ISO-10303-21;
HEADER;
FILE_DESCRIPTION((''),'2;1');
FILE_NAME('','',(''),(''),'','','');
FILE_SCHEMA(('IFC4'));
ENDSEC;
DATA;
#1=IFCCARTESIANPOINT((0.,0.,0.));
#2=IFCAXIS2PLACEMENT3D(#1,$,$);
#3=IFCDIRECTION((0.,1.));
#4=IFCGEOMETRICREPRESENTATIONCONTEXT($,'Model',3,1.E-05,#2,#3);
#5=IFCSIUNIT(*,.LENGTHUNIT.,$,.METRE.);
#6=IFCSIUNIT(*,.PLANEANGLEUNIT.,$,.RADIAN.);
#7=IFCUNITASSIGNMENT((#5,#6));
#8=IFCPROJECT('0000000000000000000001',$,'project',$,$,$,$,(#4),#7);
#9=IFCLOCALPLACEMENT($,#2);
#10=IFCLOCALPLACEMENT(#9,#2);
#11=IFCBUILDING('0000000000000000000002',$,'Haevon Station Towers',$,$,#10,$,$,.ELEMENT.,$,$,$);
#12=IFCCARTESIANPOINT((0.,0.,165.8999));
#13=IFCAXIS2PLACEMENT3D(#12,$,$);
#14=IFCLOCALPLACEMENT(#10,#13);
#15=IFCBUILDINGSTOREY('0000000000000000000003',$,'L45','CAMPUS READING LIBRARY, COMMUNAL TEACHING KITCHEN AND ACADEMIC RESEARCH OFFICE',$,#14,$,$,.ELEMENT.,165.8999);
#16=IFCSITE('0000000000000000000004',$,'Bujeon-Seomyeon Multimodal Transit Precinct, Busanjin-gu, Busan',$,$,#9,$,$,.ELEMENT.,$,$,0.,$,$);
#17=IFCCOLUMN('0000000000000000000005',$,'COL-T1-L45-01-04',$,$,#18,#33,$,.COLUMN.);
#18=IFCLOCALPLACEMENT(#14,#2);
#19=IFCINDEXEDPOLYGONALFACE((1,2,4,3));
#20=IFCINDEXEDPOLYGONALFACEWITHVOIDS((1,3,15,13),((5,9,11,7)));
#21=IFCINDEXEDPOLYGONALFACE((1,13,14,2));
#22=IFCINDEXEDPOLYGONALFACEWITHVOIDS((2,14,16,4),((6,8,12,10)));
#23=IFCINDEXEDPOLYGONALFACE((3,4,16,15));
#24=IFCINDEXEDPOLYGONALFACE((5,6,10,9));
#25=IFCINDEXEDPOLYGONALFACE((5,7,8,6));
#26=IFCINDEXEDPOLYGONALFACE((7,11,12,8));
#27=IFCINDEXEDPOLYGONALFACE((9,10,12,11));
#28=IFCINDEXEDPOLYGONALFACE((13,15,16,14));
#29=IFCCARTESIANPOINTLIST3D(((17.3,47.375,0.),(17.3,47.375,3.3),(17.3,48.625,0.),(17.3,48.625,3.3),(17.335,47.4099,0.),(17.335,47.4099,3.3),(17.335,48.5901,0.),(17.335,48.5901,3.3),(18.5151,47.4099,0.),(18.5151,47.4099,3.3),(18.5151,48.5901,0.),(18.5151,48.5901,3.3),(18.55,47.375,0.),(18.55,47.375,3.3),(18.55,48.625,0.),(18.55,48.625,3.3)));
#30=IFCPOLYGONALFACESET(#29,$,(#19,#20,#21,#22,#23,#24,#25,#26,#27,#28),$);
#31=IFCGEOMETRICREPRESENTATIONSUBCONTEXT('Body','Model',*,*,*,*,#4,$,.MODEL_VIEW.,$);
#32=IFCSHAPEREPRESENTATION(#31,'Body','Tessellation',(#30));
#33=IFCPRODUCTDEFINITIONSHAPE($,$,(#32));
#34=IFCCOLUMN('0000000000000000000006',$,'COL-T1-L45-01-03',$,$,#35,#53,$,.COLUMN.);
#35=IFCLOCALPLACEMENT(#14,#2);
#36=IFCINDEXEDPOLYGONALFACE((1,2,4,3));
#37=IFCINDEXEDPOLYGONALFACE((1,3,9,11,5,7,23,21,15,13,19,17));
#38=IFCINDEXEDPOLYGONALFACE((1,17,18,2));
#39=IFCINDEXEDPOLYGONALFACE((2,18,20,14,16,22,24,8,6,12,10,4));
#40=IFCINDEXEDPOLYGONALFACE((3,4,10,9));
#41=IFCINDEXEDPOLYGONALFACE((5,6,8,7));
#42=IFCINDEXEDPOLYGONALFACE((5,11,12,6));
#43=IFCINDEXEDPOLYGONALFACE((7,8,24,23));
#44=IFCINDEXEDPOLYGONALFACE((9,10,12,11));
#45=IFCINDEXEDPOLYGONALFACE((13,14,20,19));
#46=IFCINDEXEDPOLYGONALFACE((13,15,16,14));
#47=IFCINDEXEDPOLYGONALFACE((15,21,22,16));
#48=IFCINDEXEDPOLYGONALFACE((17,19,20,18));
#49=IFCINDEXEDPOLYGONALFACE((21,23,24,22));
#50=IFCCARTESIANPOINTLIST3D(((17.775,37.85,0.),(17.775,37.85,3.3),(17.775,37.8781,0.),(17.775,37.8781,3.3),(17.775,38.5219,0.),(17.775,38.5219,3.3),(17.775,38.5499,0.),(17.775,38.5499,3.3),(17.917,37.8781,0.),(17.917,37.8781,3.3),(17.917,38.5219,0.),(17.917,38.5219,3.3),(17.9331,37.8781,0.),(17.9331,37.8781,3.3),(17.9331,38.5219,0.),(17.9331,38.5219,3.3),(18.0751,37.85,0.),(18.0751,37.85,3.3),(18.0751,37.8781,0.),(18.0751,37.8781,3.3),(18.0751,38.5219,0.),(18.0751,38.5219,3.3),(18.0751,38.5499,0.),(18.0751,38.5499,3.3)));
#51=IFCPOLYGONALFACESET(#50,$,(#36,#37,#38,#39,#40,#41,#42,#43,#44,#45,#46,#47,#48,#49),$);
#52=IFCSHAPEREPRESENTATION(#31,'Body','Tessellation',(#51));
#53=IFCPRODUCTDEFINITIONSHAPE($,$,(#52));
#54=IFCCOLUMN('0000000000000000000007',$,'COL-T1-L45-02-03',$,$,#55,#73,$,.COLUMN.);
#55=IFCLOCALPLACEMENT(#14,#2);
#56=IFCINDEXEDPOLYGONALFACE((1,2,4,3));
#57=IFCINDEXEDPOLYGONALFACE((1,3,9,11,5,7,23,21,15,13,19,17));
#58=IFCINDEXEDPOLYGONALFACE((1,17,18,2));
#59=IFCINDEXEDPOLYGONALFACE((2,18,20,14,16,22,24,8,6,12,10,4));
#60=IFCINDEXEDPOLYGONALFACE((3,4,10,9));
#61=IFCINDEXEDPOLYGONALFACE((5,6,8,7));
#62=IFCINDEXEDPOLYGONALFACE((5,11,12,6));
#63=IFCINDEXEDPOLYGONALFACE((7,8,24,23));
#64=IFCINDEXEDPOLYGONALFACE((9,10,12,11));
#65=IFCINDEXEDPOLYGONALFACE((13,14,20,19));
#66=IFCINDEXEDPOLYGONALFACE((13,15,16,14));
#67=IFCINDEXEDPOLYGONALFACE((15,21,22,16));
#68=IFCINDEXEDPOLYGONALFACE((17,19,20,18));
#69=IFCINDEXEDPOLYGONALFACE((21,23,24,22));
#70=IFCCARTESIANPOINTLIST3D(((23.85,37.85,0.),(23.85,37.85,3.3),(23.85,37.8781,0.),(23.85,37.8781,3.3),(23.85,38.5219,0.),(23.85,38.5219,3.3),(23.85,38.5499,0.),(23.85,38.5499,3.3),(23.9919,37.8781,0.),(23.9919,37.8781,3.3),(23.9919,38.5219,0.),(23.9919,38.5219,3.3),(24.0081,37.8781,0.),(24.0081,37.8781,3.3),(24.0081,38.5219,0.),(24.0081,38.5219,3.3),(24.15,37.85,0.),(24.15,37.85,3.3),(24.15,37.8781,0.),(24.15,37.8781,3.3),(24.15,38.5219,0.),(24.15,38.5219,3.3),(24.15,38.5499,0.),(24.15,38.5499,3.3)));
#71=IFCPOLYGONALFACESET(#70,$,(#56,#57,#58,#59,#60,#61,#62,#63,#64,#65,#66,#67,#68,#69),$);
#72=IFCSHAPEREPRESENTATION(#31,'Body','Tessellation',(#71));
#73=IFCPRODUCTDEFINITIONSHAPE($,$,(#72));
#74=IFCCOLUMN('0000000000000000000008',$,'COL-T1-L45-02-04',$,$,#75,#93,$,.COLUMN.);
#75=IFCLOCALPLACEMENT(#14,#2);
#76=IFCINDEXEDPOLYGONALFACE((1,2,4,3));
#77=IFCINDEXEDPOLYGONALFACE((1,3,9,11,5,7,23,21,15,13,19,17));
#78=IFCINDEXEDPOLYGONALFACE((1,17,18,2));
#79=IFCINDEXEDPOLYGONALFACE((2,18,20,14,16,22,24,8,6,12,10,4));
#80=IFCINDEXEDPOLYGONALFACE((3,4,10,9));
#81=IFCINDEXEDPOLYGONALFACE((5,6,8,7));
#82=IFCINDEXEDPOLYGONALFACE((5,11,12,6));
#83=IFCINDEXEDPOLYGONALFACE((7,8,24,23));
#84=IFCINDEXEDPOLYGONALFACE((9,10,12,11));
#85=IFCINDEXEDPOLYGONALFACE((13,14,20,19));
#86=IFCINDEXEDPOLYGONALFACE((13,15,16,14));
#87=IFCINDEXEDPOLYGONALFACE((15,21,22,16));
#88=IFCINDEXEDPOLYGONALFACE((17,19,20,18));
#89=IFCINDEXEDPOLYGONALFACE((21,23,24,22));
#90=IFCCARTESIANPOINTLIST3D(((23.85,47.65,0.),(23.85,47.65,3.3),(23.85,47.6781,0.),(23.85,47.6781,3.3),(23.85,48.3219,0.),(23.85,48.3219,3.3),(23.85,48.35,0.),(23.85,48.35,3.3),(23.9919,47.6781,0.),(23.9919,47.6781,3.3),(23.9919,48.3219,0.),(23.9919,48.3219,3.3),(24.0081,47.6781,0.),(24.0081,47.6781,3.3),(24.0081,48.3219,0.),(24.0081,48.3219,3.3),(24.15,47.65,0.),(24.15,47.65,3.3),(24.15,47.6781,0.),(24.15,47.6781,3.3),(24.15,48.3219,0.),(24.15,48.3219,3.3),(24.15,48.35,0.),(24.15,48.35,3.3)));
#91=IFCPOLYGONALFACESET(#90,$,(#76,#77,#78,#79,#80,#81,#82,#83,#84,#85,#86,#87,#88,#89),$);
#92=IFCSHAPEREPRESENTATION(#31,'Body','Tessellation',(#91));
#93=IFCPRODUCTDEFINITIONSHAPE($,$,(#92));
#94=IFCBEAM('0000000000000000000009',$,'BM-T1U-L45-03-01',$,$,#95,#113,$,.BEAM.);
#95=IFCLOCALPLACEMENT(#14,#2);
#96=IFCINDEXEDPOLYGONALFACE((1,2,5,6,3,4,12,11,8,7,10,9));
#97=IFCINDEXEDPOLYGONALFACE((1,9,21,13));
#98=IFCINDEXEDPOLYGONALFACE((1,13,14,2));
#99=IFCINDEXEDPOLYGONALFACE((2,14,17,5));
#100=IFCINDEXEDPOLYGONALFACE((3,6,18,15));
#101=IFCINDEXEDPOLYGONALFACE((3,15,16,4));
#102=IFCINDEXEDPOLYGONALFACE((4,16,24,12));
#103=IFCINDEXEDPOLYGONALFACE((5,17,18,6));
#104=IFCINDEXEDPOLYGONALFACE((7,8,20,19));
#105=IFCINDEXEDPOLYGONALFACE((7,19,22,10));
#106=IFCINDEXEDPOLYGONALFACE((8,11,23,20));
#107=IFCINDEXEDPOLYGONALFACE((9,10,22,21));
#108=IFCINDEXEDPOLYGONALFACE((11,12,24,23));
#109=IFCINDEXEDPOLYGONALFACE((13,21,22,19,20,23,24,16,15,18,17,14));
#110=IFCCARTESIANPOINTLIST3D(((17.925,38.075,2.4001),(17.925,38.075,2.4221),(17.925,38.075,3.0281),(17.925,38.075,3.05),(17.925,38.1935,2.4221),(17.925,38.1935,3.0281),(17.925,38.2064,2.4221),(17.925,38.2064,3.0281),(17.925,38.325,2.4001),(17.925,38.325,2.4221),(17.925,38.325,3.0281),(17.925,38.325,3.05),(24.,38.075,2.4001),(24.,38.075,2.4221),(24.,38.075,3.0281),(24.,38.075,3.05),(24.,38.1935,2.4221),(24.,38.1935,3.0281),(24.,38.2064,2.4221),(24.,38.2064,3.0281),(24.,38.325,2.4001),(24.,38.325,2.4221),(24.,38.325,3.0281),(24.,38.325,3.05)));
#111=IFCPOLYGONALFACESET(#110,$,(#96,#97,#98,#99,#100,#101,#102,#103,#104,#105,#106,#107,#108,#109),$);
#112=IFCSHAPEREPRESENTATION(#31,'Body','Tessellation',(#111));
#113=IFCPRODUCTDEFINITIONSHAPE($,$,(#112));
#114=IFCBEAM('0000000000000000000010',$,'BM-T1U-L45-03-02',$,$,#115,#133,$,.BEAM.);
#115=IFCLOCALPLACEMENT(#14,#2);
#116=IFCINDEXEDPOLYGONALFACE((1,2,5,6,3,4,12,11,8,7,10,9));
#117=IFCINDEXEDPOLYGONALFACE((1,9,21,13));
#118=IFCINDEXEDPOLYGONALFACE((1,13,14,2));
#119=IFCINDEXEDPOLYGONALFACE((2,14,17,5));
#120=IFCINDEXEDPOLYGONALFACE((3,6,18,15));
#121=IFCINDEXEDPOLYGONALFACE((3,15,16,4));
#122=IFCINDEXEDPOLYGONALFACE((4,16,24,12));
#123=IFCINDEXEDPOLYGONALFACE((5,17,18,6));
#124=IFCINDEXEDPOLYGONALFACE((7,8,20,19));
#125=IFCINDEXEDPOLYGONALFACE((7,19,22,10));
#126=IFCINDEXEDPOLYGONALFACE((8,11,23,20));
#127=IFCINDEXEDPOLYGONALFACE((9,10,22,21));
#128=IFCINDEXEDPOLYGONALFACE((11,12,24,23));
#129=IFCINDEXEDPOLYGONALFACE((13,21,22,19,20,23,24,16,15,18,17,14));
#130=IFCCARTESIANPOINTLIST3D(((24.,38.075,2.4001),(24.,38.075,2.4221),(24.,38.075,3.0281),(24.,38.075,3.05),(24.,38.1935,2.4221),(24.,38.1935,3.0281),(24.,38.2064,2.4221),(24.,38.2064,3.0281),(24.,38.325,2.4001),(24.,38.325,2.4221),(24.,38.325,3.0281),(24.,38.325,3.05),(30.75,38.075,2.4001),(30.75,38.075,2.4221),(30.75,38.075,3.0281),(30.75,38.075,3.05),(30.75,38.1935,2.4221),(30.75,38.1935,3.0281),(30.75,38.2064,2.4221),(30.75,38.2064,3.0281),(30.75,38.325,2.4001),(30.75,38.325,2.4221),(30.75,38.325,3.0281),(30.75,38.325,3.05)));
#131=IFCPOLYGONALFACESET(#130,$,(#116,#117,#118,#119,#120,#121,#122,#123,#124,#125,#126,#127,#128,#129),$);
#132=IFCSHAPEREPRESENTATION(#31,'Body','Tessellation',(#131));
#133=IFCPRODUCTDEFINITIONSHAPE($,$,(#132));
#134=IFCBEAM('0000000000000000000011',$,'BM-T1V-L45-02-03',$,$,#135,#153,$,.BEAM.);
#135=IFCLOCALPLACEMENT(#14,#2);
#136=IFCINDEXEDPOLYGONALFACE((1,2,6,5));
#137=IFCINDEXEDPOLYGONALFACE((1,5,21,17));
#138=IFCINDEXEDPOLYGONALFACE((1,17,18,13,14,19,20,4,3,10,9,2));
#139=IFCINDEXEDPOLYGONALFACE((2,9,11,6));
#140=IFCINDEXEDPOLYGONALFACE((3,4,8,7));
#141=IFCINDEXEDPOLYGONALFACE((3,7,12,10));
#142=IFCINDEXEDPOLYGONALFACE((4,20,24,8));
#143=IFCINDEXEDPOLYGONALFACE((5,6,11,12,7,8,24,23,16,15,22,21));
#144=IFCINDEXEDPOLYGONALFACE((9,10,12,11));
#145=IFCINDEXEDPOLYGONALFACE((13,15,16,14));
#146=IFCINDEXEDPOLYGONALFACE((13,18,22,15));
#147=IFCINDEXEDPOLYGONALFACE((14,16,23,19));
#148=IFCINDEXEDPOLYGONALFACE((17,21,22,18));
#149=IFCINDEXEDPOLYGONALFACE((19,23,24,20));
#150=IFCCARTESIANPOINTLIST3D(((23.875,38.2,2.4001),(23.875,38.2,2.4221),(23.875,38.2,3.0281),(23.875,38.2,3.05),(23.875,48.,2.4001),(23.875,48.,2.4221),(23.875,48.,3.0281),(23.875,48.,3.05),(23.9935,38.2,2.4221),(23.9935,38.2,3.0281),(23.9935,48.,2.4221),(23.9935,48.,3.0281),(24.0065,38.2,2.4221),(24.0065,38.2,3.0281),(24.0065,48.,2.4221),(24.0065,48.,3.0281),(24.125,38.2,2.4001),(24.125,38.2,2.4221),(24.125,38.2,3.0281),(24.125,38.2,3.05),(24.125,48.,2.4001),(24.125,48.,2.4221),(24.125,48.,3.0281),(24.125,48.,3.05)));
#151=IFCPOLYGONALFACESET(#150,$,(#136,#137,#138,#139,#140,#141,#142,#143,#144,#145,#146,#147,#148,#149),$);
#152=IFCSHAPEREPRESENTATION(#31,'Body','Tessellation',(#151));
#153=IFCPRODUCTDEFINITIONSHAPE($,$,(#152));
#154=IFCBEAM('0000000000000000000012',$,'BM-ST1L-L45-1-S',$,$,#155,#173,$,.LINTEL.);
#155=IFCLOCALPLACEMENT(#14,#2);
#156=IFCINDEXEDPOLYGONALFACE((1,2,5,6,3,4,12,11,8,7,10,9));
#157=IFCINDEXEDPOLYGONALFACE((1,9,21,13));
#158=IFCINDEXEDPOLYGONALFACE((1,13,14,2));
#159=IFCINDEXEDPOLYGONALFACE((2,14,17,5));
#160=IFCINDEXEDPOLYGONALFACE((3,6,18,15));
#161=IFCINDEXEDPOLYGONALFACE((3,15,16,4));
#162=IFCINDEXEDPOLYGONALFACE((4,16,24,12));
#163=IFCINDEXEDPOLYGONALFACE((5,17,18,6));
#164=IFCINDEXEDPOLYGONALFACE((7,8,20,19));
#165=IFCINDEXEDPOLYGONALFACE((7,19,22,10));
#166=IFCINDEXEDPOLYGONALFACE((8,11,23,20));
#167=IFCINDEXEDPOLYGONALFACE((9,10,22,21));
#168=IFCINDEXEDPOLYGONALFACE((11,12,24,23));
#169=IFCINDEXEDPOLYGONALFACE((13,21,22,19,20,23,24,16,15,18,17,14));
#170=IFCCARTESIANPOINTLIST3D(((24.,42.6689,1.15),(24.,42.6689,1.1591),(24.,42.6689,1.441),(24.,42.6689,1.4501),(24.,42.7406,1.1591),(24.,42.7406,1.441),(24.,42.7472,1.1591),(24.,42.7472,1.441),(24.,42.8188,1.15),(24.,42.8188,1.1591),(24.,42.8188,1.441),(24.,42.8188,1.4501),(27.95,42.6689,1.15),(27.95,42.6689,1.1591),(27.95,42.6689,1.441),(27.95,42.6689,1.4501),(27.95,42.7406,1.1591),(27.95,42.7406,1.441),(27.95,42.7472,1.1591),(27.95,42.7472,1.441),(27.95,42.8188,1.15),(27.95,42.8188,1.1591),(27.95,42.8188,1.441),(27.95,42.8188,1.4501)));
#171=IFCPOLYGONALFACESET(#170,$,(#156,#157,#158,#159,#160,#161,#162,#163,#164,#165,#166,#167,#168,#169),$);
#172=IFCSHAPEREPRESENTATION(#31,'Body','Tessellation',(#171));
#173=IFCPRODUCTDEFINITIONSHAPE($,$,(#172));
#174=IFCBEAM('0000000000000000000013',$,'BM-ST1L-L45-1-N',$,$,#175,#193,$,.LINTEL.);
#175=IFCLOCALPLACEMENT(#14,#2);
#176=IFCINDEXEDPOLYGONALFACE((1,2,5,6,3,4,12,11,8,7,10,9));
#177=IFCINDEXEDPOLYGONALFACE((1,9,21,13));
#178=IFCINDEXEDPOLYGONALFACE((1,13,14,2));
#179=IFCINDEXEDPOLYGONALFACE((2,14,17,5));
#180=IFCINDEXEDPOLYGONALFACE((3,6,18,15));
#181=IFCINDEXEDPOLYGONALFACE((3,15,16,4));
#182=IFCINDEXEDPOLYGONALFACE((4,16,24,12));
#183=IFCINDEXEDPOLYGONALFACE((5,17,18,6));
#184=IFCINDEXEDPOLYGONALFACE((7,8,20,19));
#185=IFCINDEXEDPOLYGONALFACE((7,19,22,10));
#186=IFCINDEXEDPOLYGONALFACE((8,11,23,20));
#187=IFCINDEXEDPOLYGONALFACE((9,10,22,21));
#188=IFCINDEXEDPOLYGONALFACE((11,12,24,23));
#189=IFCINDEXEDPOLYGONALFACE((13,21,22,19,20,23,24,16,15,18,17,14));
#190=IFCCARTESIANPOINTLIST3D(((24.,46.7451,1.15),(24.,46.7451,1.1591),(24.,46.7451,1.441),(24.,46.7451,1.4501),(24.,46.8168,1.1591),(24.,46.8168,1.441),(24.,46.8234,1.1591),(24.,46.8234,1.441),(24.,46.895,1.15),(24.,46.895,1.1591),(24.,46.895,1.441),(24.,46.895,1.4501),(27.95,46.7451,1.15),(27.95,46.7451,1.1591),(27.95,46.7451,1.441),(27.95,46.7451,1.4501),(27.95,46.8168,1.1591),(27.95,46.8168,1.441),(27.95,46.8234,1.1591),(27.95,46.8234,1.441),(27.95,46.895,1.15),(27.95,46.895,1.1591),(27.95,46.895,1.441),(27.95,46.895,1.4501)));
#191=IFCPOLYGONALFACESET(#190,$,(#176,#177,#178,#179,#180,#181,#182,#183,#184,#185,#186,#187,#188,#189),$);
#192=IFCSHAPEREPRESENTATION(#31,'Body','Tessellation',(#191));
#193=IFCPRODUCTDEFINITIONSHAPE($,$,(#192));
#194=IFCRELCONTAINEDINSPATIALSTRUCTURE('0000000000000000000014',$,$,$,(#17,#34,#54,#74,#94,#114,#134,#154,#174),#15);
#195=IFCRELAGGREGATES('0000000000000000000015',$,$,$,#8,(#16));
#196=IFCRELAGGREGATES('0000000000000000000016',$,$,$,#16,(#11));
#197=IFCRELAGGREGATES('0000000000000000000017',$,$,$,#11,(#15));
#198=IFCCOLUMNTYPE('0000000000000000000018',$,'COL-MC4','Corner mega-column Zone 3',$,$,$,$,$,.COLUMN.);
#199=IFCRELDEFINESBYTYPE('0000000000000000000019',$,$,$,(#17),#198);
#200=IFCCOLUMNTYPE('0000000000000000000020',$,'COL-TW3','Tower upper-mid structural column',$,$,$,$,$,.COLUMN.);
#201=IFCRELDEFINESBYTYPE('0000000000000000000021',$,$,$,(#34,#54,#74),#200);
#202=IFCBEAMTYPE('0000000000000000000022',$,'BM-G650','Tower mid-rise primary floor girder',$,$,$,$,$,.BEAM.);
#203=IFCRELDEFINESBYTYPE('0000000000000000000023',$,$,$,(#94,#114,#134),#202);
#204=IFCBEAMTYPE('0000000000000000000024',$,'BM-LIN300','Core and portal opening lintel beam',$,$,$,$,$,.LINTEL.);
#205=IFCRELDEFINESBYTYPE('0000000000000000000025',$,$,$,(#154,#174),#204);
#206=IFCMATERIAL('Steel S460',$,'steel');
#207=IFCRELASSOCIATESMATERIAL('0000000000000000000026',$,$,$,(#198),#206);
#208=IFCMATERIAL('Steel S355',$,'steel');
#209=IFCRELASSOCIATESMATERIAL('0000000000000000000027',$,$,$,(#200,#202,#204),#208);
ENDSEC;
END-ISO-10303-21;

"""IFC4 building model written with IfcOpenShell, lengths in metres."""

from ifc_helpers import new_model, si_unit, direction, frame, origin, origin_2d, place, context, subcontext, project, spatial, hollow_rectangle, i_section, extrude, material, material_profile, profile_set, type_object, element, save


model = new_model("IFC4")

# Units and contexts
model_context = context("Model", 3, precision=1e-05, world=origin(), true_north=direction((0.0, 1.0)))
body_context = subcontext(model_context, "Body", "Model", "MODEL_VIEW")
ifc_project = project(units=[si_unit("LENGTHUNIT", "METRE"), si_unit("PLANEANGLEUNIT", "RADIAN")], contexts=[model_context])

# Site, building, storey
site_placement = place(None, origin())
site = spatial("IfcSite", under=ifc_project, at=site_placement, Name="Bujeon-Seomyeon Multimodal Transit Precinct, Busanjin-gu, Busan", CompositionType="ELEMENT", RefElevation=0.0)
building_placement = place(site_placement, origin())
building = spatial("IfcBuilding", under=site, at=building_placement, Name="Haevon Station Towers", CompositionType="ELEMENT")
storey_placement = place(building_placement, frame((0.0, 0.0, 165.8999)))
storey = spatial("IfcBuildingStorey", under=building, at=storey_placement, Name="L45", Description="CAMPUS READING LIBRARY, COMMUNAL TEACHING KITCHEN AND ACADEMIC RESEARCH OFFICE", CompositionType="ELEMENT", Elevation=165.8999)

# Columns
ifc_material_1 = material(Name="Steel S460", Category="steel")
ifc_material_profile_1 = material_profile(ifc_material_1, hollow_rectangle(XDim=1.25, YDim=1.25, WallThickness=0.0349, at=origin_2d()), Name="BOX-1250x1250x35")
ifc_profile_set_1 = profile_set([ifc_material_profile_1], Name="Steel S460")
column_type_1 = type_object("IfcColumnType", Name="COL-MC4", Description="Corner mega-column Zone 3", PredefinedType="COLUMN", material=ifc_profile_set_1)
column_placement = place(storey_placement, frame((17.925, 48.0, 0.0), z_axis=(0.0, 0.0, 1.0), x_axis=(1.0, 0.0, 0.0)))
element("IfcColumn", 1, at=column_placement, inside=storey, type_object=column_type_1, Name="COL-T1-L45-01-04", PredefinedType="COLUMN", context=body_context, shape_type="SweptSolid", body=[
    extrude(hollow_rectangle(XDim=1.25, YDim=1.25, WallThickness=0.0349, at=origin_2d()), origin(), (0.0, 0.0, 1.0), 3.3),
])
ifc_material_2 = material(Name="Steel S355", Category="steel")
ifc_material_profile_2 = material_profile(ifc_material_2, i_section(OverallWidth=0.3, OverallDepth=0.7, WebThickness=0.0161, FlangeThickness=0.0281, at=origin_2d()), Name="H-700x300x16x28")
ifc_profile_set_2 = profile_set([ifc_material_profile_2], Name="Steel S355")
column_type_2 = type_object("IfcColumnType", Name="COL-TW3", Description="Tower upper-mid structural column", PredefinedType="COLUMN", material=ifc_profile_set_2)
for number, where, z_axis, x_axis, name in (
    (2, (17.925, 38.2, 0.0), (0.0, 0.0, 1.0), (1.0, 0.0, 0.0), "COL-T1-L45-01-03"),
    (3, (24.0, 38.2, 0.0), (0.0, 0.0, 1.0), (1.0, 0.0, 0.0), "COL-T1-L45-02-03"),
    (4, (24.0, 48.0, 0.0), (0.0, 0.0, 1.0), (1.0, 0.0, 0.0), "COL-T1-L45-02-04"),
):
    element("IfcColumn", number, at=place(storey_placement, frame(where, z_axis=z_axis, x_axis=x_axis)), inside=storey, type_object=column_type_2, Name=name, PredefinedType="COLUMN", context=body_context, shape_type="SweptSolid", body=[
        extrude(i_section(OverallWidth=0.3, OverallDepth=0.7, WebThickness=0.0161, FlangeThickness=0.0281, at=origin_2d()), origin(), (0.0, 0.0, 1.0), 3.3),
    ])

# Beams
ifc_material_profile_3 = material_profile(ifc_material_2, i_section(OverallWidth=0.25, OverallDepth=0.6499, WebThickness=0.0129, FlangeThickness=0.022, at=origin_2d()), Name="H-650x250x13x22")
ifc_profile_set_3 = profile_set([ifc_material_profile_3], Name="Steel S355")
beam_type_1 = type_object("IfcBeamType", Name="BM-G650", Description="Tower mid-rise primary floor girder", PredefinedType="BEAM", material=ifc_profile_set_3)
beam_1_placement = place(storey_placement, frame((17.925, 38.2, 2.7251), z_axis=(1.0, 0.0, 0.0), x_axis=(0.0, 1.0, 0.0)))
element("IfcBeam", 5, at=beam_1_placement, inside=storey, type_object=beam_type_1, Name="BM-T1U-L45-03-01", PredefinedType="BEAM", context=body_context, shape_type="SweptSolid", body=[
    extrude(i_section(OverallWidth=0.25, OverallDepth=0.6499, WebThickness=0.0129, FlangeThickness=0.022, at=origin_2d()), origin(), (0.0, 0.0, 1.0), 6.075),
])
beam_2_placement = place(storey_placement, frame((24.0, 38.2, 2.7251), z_axis=(1.0, 0.0, 0.0), x_axis=(0.0, 1.0, 0.0)))
element("IfcBeam", 6, at=beam_2_placement, inside=storey, type_object=beam_type_1, Name="BM-T1U-L45-03-02", PredefinedType="BEAM", context=body_context, shape_type="SweptSolid", body=[
    extrude(i_section(OverallWidth=0.25, OverallDepth=0.6499, WebThickness=0.0129, FlangeThickness=0.022, at=origin_2d()), origin(), (0.0, 0.0, 1.0), 6.75),
])
beam_3_placement = place(storey_placement, frame((24.0, 38.2, 2.7251), z_axis=(0.0, 1.0, 0.0), x_axis=(-1.0, 0.0, 0.0)))
element("IfcBeam", 7, at=beam_3_placement, inside=storey, type_object=beam_type_1, Name="BM-T1V-L45-02-03", PredefinedType="BEAM", context=body_context, shape_type="SweptSolid", body=[
    extrude(i_section(OverallWidth=0.25, OverallDepth=0.6499, WebThickness=0.0129, FlangeThickness=0.022, at=origin_2d()), origin(), (0.0, 0.0, 1.0), 9.8),
])
ifc_material_profile_4 = material_profile(ifc_material_2, i_section(OverallWidth=0.1499, OverallDepth=0.3, WebThickness=0.0066, FlangeThickness=0.009, at=origin_2d()), Name="H-300x150x6.5x9")
ifc_profile_set_4 = profile_set([ifc_material_profile_4], Name="Steel S355")
beam_type_2 = type_object("IfcBeamType", Name="BM-LIN300", Description="Core and portal opening lintel beam", PredefinedType="LINTEL", material=ifc_profile_set_4)
for number, where, z_axis, x_axis, name in (
    (8, (24.0, 42.7439, 1.3), (1.0, 0.0, 0.0), (0.0, 1.0, 0.0), "BM-ST1L-L45-1-S"),
    (9, (24.0, 46.8201, 1.3), (1.0, 0.0, 0.0), (0.0, 1.0, 0.0), "BM-ST1L-L45-1-N"),
):
    element("IfcBeam", number, at=place(storey_placement, frame(where, z_axis=z_axis, x_axis=x_axis)), inside=storey, type_object=beam_type_2, Name=name, PredefinedType="LINTEL", context=body_context, shape_type="SweptSolid", body=[
        extrude(i_section(OverallWidth=0.1499, OverallDepth=0.3, WebThickness=0.0066, FlangeThickness=0.009, at=origin_2d()), origin(), (0.0, 0.0, 1.0), 3.95),
    ])

save(model, "model.ifc")
